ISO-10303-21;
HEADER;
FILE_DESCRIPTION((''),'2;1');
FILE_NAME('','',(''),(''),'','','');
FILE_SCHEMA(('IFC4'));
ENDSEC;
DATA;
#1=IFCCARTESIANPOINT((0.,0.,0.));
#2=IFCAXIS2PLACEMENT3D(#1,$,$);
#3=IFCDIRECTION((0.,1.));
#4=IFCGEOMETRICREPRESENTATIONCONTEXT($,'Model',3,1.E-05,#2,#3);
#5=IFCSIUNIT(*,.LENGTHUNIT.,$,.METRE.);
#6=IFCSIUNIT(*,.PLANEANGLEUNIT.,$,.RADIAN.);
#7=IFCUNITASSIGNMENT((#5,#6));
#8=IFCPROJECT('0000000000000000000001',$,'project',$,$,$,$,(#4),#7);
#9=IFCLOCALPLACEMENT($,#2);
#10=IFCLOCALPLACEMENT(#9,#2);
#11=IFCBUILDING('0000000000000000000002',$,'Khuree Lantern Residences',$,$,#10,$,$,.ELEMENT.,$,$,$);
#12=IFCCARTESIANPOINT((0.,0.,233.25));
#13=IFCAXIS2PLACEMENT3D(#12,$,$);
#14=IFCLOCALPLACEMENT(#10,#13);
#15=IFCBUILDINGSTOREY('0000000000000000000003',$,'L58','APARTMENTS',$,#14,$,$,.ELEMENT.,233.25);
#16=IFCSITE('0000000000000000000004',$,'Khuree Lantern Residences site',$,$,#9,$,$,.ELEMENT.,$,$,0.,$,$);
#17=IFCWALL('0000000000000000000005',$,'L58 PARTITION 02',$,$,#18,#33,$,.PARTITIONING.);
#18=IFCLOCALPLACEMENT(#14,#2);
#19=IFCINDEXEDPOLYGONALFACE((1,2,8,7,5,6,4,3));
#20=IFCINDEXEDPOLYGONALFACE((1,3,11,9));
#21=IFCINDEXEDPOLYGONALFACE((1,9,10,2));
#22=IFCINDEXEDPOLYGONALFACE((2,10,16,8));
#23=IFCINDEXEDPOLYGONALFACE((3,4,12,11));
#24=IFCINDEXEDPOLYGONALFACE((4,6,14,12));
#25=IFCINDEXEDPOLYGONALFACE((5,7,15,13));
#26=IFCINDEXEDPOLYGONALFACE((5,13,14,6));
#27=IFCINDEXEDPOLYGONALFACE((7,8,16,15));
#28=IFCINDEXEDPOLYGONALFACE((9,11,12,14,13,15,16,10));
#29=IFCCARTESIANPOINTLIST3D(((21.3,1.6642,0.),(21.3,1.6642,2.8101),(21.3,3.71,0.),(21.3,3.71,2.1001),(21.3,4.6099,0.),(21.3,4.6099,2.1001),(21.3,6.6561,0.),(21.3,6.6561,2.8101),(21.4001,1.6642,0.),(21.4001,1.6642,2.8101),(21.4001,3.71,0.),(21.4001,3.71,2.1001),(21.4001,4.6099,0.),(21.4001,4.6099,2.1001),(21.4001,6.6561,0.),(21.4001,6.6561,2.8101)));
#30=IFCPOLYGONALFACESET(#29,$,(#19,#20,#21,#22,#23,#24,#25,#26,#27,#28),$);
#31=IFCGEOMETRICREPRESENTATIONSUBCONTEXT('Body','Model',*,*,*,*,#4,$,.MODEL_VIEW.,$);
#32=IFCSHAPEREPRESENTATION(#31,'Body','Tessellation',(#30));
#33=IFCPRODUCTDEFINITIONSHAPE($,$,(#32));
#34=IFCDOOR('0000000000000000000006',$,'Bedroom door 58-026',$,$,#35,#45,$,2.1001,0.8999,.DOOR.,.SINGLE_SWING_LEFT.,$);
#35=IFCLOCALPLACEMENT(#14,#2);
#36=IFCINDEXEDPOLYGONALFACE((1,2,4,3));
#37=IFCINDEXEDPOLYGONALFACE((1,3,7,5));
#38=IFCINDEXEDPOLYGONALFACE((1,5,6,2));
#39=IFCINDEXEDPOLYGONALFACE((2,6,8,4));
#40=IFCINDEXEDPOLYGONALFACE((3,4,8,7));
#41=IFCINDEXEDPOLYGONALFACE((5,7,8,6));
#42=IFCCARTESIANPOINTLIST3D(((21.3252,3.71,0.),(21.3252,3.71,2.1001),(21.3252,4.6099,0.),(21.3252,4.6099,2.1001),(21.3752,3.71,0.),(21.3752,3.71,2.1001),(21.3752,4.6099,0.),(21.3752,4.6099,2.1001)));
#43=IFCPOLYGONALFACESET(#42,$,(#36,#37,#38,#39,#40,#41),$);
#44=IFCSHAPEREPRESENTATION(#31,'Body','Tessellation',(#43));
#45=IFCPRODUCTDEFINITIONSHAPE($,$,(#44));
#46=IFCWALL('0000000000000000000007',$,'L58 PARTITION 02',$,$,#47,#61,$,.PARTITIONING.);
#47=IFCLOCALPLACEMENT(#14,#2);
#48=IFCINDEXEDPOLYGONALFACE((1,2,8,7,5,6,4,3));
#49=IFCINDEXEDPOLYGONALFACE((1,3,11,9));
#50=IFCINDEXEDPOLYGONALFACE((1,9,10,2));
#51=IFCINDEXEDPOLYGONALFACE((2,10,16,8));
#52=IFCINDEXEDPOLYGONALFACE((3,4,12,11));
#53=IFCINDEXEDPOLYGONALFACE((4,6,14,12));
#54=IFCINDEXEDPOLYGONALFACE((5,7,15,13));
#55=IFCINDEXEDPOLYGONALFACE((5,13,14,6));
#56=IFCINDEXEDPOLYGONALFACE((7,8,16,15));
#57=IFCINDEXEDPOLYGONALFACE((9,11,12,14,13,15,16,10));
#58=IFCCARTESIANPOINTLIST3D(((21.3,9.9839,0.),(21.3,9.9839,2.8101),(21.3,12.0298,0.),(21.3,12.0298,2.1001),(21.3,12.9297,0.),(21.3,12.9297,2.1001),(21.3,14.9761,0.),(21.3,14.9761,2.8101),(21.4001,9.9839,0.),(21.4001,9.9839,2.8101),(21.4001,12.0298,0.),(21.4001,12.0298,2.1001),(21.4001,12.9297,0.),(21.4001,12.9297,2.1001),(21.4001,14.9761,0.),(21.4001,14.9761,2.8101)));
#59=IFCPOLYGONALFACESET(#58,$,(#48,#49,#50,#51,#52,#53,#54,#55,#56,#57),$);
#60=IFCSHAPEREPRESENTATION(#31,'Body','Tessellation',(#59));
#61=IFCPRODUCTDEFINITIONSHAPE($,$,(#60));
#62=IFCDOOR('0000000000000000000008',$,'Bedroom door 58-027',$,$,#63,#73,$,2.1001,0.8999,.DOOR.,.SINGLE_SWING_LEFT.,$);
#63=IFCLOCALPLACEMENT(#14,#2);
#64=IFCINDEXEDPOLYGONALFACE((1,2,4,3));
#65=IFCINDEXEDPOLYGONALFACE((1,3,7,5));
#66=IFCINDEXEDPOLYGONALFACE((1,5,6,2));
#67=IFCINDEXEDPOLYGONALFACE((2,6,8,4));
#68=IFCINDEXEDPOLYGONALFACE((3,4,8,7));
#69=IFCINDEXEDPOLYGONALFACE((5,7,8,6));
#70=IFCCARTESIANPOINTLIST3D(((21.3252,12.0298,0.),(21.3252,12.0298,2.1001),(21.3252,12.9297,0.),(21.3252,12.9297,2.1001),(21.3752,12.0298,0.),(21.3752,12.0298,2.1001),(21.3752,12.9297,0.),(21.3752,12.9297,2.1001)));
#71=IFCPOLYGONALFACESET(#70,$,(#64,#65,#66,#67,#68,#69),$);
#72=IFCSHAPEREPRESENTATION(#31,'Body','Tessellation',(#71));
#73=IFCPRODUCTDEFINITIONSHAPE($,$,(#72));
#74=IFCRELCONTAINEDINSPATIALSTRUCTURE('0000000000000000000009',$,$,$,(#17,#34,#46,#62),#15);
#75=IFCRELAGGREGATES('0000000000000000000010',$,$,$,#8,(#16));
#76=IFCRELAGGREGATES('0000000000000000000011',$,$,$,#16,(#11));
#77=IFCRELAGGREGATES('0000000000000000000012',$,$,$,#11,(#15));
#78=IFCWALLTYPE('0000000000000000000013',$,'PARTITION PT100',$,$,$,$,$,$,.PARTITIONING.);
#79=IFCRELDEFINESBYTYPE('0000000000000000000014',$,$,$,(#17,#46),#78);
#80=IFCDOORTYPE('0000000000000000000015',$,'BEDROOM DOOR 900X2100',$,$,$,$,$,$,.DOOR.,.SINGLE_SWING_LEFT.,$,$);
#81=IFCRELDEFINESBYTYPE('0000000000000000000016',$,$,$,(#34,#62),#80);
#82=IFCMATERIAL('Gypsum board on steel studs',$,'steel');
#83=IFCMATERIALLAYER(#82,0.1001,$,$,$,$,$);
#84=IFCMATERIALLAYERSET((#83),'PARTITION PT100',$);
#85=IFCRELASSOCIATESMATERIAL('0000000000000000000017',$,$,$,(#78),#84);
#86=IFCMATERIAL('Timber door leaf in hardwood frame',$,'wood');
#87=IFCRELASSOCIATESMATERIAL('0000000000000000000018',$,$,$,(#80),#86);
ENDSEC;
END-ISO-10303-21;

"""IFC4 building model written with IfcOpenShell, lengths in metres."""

from ifc_helpers import new_model, si_unit, direction, frame, frame_2d, origin, place, context, subcontext, project, spatial, rectangle, extrude, material, layer, layer_set, type_object, element, fill, save


model = new_model("IFC4")

# Units and contexts
model_context = context("Model", 3, precision=1e-05, world=origin(), true_north=direction((0.0, 1.0)))
body_context = subcontext(model_context, "Body", "Model", "MODEL_VIEW")
ifc_project = project(units=[si_unit("LENGTHUNIT", "METRE"), si_unit("PLANEANGLEUNIT", "RADIAN")], contexts=[model_context])

# Site, building, storey
site_placement = place(None, origin())
site = spatial("IfcSite", under=ifc_project, at=site_placement, Name="Khuree Lantern Residences site", CompositionType="ELEMENT", RefElevation=0.0)
building_placement = place(site_placement, origin())
building = spatial("IfcBuilding", under=site, at=building_placement, Name="Khuree Lantern Residences", CompositionType="ELEMENT")
storey_placement = place(building_placement, frame((0.0, 0.0, 233.25)))
storey = spatial("IfcBuildingStorey", under=building, at=storey_placement, Name="L58", Description="APARTMENTS", CompositionType="ELEMENT", Elevation=233.25)

# Shared definitions
ifc_material_1 = material(Name="Timber door leaf in hardwood frame", Category="wood")

# Shared definitions
ifc_material_2 = material(Name="Gypsum board on steel studs", Category="steel")
ifc_layer_1 = layer(ifc_material_2, 0.1001)
ifc_layer_set_1 = layer_set([ifc_layer_1], Name="PARTITION PT100")
wall_type_1 = type_object("IfcWallType", Name="PARTITION PT100", PredefinedType="PARTITIONING", material=ifc_layer_set_1)

# Walls, openings, doors
wall_1_placement = place(storey_placement, frame((21.3501, 1.6641, 0.0), z_axis=(0.0, 0.0, 1.0), x_axis=(0.0, 1.0, 0.0)))
wall_1 = element("IfcWall", 1, at=wall_1_placement, inside=storey, type_object=wall_type_1, Name="L58 PARTITION 02", PredefinedType="PARTITIONING", context=body_context, shape_type="SweptSolid", body=[
    extrude(rectangle(XDim=4.9919, YDim=0.1001, at=frame_2d((2.4961, 0.0))), origin(), (0.0, 0.0, 1.0), 2.8101),
])
opening_1_placement = place(wall_1_placement, frame((2.0459, 0.0, 0.0)))
opening_1 = element("IfcOpeningElement", 2, at=opening_1_placement, cuts=wall_1, PredefinedType="OPENING", context=body_context, shape_type="SweptSolid", body=[
    extrude(rectangle(XDim=0.8999, YDim=2.1001, at=frame_2d((0.45, 1.05))), frame((0.0, 0.0601, 0.0), z_axis=(0.0, -1.0, 0.0), x_axis=(1.0, 0.0, 0.0)), (0.0, 0.0, 1.0), 0.1201),
])
door_type_1 = type_object("IfcDoorType", Name="BEDROOM DOOR 900X2100", OperationType="SINGLE_SWING_LEFT", PredefinedType="DOOR", material=ifc_material_1)
door_1_placement = place(opening_1_placement, origin())
door_1 = element("IfcDoor", 3, at=door_1_placement, inside=storey, type_object=door_type_1, Name="Bedroom door 58-026", OperationType="SINGLE_SWING_LEFT", OverallHeight=2.1001, OverallWidth=0.8999, PredefinedType="DOOR", context=body_context, shape_type="SweptSolid", body=[
    extrude(rectangle(XDim=0.8999, YDim=2.1001, at=frame_2d((0.45, 1.05))), frame((0.0, 0.0249, 0.0), z_axis=(0.0, -1.0, 0.0), x_axis=(1.0, 0.0, 0.0)), (0.0, 0.0, 1.0), 0.05),
])
fill(opening_1, door_1)
wall_2_placement = place(storey_placement, frame((21.3501, 9.9839, 0.0), z_axis=(0.0, 0.0, 1.0), x_axis=(0.0, 1.0, 0.0)))
wall_2 = element("IfcWall", 4, at=wall_2_placement, inside=storey, type_object=wall_type_1, Name="L58 PARTITION 02", PredefinedType="PARTITIONING", context=body_context, shape_type="SweptSolid", body=[
    extrude(rectangle(XDim=4.9922, YDim=0.1001, at=frame_2d((2.4961, 0.0))), origin(), (0.0, 0.0, 1.0), 2.8101),
])
opening_2_placement = place(wall_2_placement, frame((2.0459, 0.0, 0.0)))
opening_2 = element("IfcOpeningElement", 5, at=opening_2_placement, cuts=wall_2, PredefinedType="OPENING", context=body_context, shape_type="SweptSolid", body=[
    extrude(rectangle(XDim=0.8999, YDim=2.1001, at=frame_2d((0.45, 1.05))), frame((0.0, 0.0601, 0.0), z_axis=(0.0, -1.0, 0.0), x_axis=(1.0, 0.0, 0.0)), (0.0, 0.0, 1.0), 0.1201),
])
door_2_placement = place(opening_2_placement, origin())
door_2 = element("IfcDoor", 6, at=door_2_placement, inside=storey, type_object=door_type_1, Name="Bedroom door 58-027", OperationType="SINGLE_SWING_LEFT", OverallHeight=2.1001, OverallWidth=0.8999, PredefinedType="DOOR", context=body_context, shape_type="SweptSolid", body=[
    extrude(rectangle(XDim=0.8999, YDim=2.1001, at=frame_2d((0.45, 1.05))), frame((0.0, 0.0249, 0.0), z_axis=(0.0, -1.0, 0.0), x_axis=(1.0, 0.0, 0.0)), (0.0, 0.0, 1.0), 0.05),
])
fill(opening_2, door_2)

save(model, "model.ifc")
